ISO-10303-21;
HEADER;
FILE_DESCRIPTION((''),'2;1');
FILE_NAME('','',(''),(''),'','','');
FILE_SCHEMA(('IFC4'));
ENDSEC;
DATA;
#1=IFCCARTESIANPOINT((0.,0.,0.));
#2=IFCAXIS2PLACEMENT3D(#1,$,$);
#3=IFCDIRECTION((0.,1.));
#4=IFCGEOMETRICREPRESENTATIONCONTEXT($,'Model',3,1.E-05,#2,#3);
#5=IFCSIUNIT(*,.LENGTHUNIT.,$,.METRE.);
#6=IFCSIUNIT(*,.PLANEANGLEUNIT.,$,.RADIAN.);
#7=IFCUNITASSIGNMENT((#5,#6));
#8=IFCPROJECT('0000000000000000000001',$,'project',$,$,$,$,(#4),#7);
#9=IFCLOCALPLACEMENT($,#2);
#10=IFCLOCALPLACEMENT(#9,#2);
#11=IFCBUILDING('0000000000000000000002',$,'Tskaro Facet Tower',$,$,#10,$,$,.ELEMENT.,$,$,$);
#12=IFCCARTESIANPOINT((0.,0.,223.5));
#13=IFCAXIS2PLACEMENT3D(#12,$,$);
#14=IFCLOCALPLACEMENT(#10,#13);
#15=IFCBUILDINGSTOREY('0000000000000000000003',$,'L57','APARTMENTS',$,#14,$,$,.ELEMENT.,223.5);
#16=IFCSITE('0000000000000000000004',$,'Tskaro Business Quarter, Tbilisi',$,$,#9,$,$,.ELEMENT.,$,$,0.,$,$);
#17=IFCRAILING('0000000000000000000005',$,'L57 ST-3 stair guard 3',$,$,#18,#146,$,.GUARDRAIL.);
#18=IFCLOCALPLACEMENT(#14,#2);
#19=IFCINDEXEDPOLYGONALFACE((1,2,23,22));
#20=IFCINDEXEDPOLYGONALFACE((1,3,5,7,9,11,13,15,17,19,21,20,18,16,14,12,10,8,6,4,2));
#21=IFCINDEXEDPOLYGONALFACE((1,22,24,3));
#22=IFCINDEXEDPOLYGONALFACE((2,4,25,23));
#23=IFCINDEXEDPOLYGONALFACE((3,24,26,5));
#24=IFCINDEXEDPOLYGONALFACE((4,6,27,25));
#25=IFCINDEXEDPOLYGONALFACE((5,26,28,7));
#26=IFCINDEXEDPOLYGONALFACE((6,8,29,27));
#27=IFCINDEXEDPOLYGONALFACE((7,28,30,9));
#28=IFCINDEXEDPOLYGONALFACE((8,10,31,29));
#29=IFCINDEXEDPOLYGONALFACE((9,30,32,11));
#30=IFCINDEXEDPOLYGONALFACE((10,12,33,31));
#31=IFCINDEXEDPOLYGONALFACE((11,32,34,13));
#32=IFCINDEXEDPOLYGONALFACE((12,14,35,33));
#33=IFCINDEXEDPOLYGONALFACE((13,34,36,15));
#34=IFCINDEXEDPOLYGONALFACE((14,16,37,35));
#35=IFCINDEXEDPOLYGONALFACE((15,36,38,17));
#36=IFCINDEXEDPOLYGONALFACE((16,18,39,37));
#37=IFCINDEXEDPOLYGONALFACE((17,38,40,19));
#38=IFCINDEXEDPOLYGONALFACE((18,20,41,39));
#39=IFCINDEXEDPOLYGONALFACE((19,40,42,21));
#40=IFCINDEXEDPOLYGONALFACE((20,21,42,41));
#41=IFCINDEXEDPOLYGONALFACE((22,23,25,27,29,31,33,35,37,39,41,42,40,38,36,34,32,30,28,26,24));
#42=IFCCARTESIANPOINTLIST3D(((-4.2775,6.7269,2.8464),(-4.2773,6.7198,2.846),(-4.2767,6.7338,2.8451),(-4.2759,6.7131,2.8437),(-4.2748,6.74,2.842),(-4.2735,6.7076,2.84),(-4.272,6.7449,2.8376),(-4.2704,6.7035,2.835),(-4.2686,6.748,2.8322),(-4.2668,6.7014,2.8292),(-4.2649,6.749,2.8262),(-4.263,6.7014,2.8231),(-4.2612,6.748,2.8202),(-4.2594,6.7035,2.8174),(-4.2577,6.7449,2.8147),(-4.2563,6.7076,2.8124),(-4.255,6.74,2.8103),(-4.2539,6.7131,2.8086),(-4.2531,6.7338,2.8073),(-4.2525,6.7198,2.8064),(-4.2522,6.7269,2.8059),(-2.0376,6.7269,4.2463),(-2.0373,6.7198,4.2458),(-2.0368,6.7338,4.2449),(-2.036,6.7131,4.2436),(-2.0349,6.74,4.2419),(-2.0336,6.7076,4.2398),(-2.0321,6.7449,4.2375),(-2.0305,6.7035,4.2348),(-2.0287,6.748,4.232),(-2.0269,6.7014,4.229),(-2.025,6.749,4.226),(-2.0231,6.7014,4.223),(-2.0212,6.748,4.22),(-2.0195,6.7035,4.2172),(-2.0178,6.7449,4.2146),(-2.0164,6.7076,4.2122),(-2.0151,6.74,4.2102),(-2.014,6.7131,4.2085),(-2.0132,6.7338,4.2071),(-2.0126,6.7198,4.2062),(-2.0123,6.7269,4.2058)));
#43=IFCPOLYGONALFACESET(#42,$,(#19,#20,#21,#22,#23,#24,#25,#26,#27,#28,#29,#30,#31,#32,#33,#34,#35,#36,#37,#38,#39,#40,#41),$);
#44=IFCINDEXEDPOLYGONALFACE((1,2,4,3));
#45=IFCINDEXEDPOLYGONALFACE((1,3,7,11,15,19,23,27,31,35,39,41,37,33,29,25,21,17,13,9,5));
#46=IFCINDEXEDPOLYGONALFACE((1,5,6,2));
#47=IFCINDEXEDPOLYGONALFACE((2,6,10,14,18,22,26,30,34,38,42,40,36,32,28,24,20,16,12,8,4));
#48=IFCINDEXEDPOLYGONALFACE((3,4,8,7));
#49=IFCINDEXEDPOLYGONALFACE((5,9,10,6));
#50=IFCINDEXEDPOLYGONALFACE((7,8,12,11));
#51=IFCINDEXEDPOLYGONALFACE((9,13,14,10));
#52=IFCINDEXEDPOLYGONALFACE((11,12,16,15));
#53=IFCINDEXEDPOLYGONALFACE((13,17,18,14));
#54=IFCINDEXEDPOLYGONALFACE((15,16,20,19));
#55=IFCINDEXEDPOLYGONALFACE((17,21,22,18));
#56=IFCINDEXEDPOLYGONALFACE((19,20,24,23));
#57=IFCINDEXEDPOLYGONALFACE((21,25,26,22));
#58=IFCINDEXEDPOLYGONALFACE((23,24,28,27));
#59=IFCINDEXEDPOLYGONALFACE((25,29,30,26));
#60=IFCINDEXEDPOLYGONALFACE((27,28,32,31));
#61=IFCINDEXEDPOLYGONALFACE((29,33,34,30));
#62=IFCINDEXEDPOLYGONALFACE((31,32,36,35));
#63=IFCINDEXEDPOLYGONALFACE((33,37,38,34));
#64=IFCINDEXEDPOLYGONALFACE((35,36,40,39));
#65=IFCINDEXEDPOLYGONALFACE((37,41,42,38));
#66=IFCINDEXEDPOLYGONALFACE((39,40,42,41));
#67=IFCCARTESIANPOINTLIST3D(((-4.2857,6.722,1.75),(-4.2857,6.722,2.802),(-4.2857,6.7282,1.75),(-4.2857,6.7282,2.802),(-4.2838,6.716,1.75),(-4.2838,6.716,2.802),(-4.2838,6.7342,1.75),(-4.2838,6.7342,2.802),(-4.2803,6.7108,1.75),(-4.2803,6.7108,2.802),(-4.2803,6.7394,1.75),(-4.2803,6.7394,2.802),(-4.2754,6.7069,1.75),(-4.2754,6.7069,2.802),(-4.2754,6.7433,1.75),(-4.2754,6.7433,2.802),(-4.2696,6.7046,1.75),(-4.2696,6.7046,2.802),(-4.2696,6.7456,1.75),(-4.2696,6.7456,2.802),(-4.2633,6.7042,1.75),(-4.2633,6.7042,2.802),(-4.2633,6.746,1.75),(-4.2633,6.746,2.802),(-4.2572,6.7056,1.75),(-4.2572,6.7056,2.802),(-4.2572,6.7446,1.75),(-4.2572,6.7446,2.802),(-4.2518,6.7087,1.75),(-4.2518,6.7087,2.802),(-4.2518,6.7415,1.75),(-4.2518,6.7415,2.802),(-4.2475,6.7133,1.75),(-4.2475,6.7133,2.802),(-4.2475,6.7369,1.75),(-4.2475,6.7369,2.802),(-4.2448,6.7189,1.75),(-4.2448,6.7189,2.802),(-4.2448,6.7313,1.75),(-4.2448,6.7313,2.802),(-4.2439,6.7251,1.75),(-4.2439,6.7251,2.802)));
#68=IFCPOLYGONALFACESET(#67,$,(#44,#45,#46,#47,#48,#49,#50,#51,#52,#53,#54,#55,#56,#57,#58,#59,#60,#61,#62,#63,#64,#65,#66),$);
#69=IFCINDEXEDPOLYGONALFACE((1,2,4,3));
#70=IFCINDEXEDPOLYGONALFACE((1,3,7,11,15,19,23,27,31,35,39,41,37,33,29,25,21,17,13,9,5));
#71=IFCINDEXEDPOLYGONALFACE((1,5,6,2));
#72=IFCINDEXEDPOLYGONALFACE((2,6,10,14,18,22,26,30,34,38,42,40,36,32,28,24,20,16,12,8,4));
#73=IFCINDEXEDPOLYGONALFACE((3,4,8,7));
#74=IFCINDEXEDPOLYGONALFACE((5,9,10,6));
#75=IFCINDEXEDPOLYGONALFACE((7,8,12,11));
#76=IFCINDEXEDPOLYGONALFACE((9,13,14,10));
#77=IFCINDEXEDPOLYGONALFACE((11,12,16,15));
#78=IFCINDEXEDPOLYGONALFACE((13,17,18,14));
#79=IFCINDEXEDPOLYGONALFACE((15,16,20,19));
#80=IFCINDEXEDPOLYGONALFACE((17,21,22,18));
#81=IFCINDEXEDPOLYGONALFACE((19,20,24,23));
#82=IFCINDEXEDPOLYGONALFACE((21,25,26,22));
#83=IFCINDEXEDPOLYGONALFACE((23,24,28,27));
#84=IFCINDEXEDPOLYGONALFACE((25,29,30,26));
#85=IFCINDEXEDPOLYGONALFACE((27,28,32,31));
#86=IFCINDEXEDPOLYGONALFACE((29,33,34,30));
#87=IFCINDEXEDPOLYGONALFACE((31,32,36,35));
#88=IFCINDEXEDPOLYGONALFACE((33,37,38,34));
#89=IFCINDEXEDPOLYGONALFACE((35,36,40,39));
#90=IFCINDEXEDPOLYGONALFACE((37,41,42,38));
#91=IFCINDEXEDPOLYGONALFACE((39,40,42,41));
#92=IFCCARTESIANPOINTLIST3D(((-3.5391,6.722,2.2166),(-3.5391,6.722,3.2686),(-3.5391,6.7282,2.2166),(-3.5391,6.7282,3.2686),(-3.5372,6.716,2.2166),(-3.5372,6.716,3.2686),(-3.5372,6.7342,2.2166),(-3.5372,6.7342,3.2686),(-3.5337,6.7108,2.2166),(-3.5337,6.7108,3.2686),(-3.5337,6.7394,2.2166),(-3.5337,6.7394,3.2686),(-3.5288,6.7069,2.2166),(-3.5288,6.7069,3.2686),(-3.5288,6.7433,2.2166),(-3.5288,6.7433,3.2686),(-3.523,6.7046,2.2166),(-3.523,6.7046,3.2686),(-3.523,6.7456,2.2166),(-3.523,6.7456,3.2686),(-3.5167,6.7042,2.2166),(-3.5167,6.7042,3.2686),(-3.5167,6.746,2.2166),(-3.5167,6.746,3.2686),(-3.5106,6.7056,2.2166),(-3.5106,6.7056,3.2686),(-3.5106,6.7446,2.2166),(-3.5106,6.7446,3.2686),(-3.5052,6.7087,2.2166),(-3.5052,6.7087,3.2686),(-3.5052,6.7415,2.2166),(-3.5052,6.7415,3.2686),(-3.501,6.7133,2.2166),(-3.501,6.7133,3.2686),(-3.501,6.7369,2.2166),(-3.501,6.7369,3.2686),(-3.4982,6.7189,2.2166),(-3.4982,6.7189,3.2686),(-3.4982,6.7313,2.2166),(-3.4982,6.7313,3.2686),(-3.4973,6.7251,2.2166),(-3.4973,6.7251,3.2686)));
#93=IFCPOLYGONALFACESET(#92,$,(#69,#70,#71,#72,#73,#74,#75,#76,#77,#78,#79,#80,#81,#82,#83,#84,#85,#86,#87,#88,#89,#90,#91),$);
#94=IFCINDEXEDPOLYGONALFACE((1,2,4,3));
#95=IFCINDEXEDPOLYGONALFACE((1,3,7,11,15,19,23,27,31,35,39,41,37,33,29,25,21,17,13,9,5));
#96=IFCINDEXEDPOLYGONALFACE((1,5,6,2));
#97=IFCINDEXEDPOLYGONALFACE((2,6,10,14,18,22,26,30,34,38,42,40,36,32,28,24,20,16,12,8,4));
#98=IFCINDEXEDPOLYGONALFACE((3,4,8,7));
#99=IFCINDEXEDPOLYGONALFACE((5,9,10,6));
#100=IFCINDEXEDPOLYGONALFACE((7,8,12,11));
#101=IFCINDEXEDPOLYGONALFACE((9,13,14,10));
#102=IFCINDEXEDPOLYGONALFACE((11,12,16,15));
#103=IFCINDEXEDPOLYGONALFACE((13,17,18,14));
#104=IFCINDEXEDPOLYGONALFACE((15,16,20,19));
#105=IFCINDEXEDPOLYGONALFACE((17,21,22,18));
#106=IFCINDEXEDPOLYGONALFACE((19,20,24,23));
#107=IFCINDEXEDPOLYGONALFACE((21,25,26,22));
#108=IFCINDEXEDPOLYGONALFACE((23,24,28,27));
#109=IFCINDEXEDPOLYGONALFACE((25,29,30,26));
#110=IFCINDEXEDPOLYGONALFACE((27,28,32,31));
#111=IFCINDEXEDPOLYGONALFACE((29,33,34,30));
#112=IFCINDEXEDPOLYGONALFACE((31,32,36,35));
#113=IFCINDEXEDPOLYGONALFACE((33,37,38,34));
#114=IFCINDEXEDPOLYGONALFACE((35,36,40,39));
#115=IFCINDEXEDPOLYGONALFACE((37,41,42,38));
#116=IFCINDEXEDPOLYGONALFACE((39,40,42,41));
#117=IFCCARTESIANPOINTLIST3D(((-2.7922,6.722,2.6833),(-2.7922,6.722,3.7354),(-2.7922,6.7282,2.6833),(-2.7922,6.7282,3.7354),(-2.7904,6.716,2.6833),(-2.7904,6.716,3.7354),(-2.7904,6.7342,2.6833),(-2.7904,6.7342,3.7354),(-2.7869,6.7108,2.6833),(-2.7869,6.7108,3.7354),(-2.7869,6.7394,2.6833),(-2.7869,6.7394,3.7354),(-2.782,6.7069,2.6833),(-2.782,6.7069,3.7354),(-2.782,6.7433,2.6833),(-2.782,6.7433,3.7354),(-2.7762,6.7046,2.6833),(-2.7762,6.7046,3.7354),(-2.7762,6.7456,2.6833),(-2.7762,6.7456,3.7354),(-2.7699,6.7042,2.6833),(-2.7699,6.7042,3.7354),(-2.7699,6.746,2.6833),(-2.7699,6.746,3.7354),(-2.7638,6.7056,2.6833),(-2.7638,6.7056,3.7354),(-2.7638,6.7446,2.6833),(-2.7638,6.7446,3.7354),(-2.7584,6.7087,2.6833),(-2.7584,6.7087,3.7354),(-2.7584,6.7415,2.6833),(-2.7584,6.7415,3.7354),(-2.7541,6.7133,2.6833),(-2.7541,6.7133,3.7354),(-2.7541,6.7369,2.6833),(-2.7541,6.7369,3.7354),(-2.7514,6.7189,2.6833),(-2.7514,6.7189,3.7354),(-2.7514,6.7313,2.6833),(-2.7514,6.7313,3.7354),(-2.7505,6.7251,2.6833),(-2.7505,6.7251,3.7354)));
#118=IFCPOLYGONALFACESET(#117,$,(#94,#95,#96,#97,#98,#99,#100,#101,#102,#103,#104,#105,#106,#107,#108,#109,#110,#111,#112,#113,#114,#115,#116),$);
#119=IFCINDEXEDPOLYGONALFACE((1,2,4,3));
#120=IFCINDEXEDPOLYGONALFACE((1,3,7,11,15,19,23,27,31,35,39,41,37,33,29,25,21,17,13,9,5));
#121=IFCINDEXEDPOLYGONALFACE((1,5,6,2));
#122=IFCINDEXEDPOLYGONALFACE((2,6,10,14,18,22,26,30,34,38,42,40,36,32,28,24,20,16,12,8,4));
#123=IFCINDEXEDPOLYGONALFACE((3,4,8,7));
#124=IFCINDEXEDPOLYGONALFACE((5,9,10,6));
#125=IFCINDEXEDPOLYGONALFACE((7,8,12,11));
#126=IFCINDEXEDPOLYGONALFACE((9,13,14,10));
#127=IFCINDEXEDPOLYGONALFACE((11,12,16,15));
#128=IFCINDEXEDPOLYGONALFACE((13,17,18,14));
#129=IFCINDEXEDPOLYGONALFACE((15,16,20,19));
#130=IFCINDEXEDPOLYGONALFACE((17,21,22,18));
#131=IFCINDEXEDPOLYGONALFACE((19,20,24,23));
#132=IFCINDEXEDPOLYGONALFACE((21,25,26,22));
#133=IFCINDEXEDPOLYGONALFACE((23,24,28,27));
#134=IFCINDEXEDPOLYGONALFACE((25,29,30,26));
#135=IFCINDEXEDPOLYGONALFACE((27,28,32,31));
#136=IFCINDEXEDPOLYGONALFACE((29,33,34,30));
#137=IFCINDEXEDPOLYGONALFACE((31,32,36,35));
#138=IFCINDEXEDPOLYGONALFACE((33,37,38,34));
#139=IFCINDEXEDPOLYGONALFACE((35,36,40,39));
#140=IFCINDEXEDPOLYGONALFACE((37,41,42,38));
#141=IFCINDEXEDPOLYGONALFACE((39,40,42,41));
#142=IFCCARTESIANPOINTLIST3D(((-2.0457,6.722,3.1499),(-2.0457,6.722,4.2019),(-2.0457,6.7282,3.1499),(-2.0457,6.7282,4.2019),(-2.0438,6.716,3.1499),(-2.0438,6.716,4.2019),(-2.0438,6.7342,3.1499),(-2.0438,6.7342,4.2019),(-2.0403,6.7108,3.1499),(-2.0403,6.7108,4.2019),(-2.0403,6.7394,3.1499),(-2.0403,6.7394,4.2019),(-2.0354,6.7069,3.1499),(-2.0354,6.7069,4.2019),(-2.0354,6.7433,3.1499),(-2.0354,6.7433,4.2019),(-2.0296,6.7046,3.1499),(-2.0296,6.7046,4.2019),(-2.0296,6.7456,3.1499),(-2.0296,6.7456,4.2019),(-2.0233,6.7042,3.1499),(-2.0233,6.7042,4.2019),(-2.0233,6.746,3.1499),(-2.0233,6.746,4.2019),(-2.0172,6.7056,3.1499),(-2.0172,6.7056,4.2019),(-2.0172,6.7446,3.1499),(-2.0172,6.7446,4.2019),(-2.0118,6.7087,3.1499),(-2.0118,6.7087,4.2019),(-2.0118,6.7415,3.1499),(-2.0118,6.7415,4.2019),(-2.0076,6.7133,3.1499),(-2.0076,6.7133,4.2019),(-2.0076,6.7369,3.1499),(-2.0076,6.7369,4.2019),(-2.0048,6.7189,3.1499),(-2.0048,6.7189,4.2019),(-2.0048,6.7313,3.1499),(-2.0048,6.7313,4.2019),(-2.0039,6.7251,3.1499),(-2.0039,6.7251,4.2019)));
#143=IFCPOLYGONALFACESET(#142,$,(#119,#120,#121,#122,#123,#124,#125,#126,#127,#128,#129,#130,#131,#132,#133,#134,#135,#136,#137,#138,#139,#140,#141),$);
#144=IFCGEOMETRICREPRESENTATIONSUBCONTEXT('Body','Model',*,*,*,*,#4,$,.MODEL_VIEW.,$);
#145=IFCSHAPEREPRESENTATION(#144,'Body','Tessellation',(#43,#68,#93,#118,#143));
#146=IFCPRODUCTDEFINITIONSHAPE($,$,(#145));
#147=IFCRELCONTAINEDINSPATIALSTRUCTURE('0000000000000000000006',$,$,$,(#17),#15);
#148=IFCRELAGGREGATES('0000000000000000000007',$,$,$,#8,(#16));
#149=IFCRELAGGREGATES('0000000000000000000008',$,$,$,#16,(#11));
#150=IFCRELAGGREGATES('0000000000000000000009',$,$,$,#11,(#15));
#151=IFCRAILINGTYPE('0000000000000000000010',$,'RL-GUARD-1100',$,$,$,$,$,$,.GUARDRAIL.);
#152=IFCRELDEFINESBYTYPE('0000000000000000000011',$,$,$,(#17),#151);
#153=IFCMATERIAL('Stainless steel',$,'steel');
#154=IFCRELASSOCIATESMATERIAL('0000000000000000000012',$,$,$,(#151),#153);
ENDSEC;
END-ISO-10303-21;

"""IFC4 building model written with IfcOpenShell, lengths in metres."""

from ifc_helpers import new_model, si_unit, direction, frame, origin, origin_2d, place, context, subcontext, project, spatial, circle, extrude, material, type_object, element, save


model = new_model("IFC4")

# Units and contexts
model_context = context("Model", 3, precision=1e-05, world=origin(), true_north=direction((0.0, 1.0)))
body_context = subcontext(model_context, "Body", "Model", "MODEL_VIEW")
ifc_project = project(units=[si_unit("LENGTHUNIT", "METRE"), si_unit("PLANEANGLEUNIT", "RADIAN")], contexts=[model_context])

# Site, building, storey
site_placement = place(None, origin())
site = spatial("IfcSite", under=ifc_project, at=site_placement, Name="Tskaro Business Quarter, Tbilisi", CompositionType="ELEMENT", RefElevation=0.0)
building_placement = place(site_placement, origin())
building = spatial("IfcBuilding", under=site, at=building_placement, Name="Tskaro Facet Tower", CompositionType="ELEMENT")
storey_placement = place(building_placement, frame((0.0, 0.0, 223.5)))
storey = spatial("IfcBuildingStorey", under=building, at=storey_placement, Name="L57", Description="APARTMENTS", CompositionType="ELEMENT", Elevation=223.5)

# Railing
ifc_material_1 = material(Name="Stainless steel", Category="steel")
railing_type_1 = type_object("IfcRailingType", Name="RL-GUARD-1100", PredefinedType="GUARDRAIL", material=ifc_material_1)
railing_1_placement = place(storey_placement, frame((-4.2649, 6.7251, 1.75)))
element("IfcRailing", 1, at=railing_1_placement, inside=storey, type_object=railing_type_1, Name="L57 ST-3 stair guard 3", PredefinedType="GUARDRAIL", context=body_context, shape_type="SweptSolid", body=[
    extrude(circle(Radius=0.0239, at=origin_2d()), frame((0.0, 0.0, 1.0762), z_axis=(0.848014, 0.0, 0.529974), x_axis=(0.0, 1.0, 0.0)), (0.0, 0.0, 1.0), 2.6414),
    extrude(circle(Radius=0.021, at=origin_2d()), origin(), (0.0, 0.0, 1.0), 1.052),
    extrude(circle(Radius=0.021, at=origin_2d()), frame((0.7466, 0.0, 0.4666)), (0.0, 0.0, 1.0), 1.052),
    extrude(circle(Radius=0.021, at=origin_2d()), frame((1.4934, 0.0, 0.9333)), (0.0, 0.0, 1.0), 1.052),
    extrude(circle(Radius=0.021, at=origin_2d()), frame((2.24, 0.0, 1.3999)), (0.0, 0.0, 1.0), 1.052),
])

save(model, "model.ifc")
